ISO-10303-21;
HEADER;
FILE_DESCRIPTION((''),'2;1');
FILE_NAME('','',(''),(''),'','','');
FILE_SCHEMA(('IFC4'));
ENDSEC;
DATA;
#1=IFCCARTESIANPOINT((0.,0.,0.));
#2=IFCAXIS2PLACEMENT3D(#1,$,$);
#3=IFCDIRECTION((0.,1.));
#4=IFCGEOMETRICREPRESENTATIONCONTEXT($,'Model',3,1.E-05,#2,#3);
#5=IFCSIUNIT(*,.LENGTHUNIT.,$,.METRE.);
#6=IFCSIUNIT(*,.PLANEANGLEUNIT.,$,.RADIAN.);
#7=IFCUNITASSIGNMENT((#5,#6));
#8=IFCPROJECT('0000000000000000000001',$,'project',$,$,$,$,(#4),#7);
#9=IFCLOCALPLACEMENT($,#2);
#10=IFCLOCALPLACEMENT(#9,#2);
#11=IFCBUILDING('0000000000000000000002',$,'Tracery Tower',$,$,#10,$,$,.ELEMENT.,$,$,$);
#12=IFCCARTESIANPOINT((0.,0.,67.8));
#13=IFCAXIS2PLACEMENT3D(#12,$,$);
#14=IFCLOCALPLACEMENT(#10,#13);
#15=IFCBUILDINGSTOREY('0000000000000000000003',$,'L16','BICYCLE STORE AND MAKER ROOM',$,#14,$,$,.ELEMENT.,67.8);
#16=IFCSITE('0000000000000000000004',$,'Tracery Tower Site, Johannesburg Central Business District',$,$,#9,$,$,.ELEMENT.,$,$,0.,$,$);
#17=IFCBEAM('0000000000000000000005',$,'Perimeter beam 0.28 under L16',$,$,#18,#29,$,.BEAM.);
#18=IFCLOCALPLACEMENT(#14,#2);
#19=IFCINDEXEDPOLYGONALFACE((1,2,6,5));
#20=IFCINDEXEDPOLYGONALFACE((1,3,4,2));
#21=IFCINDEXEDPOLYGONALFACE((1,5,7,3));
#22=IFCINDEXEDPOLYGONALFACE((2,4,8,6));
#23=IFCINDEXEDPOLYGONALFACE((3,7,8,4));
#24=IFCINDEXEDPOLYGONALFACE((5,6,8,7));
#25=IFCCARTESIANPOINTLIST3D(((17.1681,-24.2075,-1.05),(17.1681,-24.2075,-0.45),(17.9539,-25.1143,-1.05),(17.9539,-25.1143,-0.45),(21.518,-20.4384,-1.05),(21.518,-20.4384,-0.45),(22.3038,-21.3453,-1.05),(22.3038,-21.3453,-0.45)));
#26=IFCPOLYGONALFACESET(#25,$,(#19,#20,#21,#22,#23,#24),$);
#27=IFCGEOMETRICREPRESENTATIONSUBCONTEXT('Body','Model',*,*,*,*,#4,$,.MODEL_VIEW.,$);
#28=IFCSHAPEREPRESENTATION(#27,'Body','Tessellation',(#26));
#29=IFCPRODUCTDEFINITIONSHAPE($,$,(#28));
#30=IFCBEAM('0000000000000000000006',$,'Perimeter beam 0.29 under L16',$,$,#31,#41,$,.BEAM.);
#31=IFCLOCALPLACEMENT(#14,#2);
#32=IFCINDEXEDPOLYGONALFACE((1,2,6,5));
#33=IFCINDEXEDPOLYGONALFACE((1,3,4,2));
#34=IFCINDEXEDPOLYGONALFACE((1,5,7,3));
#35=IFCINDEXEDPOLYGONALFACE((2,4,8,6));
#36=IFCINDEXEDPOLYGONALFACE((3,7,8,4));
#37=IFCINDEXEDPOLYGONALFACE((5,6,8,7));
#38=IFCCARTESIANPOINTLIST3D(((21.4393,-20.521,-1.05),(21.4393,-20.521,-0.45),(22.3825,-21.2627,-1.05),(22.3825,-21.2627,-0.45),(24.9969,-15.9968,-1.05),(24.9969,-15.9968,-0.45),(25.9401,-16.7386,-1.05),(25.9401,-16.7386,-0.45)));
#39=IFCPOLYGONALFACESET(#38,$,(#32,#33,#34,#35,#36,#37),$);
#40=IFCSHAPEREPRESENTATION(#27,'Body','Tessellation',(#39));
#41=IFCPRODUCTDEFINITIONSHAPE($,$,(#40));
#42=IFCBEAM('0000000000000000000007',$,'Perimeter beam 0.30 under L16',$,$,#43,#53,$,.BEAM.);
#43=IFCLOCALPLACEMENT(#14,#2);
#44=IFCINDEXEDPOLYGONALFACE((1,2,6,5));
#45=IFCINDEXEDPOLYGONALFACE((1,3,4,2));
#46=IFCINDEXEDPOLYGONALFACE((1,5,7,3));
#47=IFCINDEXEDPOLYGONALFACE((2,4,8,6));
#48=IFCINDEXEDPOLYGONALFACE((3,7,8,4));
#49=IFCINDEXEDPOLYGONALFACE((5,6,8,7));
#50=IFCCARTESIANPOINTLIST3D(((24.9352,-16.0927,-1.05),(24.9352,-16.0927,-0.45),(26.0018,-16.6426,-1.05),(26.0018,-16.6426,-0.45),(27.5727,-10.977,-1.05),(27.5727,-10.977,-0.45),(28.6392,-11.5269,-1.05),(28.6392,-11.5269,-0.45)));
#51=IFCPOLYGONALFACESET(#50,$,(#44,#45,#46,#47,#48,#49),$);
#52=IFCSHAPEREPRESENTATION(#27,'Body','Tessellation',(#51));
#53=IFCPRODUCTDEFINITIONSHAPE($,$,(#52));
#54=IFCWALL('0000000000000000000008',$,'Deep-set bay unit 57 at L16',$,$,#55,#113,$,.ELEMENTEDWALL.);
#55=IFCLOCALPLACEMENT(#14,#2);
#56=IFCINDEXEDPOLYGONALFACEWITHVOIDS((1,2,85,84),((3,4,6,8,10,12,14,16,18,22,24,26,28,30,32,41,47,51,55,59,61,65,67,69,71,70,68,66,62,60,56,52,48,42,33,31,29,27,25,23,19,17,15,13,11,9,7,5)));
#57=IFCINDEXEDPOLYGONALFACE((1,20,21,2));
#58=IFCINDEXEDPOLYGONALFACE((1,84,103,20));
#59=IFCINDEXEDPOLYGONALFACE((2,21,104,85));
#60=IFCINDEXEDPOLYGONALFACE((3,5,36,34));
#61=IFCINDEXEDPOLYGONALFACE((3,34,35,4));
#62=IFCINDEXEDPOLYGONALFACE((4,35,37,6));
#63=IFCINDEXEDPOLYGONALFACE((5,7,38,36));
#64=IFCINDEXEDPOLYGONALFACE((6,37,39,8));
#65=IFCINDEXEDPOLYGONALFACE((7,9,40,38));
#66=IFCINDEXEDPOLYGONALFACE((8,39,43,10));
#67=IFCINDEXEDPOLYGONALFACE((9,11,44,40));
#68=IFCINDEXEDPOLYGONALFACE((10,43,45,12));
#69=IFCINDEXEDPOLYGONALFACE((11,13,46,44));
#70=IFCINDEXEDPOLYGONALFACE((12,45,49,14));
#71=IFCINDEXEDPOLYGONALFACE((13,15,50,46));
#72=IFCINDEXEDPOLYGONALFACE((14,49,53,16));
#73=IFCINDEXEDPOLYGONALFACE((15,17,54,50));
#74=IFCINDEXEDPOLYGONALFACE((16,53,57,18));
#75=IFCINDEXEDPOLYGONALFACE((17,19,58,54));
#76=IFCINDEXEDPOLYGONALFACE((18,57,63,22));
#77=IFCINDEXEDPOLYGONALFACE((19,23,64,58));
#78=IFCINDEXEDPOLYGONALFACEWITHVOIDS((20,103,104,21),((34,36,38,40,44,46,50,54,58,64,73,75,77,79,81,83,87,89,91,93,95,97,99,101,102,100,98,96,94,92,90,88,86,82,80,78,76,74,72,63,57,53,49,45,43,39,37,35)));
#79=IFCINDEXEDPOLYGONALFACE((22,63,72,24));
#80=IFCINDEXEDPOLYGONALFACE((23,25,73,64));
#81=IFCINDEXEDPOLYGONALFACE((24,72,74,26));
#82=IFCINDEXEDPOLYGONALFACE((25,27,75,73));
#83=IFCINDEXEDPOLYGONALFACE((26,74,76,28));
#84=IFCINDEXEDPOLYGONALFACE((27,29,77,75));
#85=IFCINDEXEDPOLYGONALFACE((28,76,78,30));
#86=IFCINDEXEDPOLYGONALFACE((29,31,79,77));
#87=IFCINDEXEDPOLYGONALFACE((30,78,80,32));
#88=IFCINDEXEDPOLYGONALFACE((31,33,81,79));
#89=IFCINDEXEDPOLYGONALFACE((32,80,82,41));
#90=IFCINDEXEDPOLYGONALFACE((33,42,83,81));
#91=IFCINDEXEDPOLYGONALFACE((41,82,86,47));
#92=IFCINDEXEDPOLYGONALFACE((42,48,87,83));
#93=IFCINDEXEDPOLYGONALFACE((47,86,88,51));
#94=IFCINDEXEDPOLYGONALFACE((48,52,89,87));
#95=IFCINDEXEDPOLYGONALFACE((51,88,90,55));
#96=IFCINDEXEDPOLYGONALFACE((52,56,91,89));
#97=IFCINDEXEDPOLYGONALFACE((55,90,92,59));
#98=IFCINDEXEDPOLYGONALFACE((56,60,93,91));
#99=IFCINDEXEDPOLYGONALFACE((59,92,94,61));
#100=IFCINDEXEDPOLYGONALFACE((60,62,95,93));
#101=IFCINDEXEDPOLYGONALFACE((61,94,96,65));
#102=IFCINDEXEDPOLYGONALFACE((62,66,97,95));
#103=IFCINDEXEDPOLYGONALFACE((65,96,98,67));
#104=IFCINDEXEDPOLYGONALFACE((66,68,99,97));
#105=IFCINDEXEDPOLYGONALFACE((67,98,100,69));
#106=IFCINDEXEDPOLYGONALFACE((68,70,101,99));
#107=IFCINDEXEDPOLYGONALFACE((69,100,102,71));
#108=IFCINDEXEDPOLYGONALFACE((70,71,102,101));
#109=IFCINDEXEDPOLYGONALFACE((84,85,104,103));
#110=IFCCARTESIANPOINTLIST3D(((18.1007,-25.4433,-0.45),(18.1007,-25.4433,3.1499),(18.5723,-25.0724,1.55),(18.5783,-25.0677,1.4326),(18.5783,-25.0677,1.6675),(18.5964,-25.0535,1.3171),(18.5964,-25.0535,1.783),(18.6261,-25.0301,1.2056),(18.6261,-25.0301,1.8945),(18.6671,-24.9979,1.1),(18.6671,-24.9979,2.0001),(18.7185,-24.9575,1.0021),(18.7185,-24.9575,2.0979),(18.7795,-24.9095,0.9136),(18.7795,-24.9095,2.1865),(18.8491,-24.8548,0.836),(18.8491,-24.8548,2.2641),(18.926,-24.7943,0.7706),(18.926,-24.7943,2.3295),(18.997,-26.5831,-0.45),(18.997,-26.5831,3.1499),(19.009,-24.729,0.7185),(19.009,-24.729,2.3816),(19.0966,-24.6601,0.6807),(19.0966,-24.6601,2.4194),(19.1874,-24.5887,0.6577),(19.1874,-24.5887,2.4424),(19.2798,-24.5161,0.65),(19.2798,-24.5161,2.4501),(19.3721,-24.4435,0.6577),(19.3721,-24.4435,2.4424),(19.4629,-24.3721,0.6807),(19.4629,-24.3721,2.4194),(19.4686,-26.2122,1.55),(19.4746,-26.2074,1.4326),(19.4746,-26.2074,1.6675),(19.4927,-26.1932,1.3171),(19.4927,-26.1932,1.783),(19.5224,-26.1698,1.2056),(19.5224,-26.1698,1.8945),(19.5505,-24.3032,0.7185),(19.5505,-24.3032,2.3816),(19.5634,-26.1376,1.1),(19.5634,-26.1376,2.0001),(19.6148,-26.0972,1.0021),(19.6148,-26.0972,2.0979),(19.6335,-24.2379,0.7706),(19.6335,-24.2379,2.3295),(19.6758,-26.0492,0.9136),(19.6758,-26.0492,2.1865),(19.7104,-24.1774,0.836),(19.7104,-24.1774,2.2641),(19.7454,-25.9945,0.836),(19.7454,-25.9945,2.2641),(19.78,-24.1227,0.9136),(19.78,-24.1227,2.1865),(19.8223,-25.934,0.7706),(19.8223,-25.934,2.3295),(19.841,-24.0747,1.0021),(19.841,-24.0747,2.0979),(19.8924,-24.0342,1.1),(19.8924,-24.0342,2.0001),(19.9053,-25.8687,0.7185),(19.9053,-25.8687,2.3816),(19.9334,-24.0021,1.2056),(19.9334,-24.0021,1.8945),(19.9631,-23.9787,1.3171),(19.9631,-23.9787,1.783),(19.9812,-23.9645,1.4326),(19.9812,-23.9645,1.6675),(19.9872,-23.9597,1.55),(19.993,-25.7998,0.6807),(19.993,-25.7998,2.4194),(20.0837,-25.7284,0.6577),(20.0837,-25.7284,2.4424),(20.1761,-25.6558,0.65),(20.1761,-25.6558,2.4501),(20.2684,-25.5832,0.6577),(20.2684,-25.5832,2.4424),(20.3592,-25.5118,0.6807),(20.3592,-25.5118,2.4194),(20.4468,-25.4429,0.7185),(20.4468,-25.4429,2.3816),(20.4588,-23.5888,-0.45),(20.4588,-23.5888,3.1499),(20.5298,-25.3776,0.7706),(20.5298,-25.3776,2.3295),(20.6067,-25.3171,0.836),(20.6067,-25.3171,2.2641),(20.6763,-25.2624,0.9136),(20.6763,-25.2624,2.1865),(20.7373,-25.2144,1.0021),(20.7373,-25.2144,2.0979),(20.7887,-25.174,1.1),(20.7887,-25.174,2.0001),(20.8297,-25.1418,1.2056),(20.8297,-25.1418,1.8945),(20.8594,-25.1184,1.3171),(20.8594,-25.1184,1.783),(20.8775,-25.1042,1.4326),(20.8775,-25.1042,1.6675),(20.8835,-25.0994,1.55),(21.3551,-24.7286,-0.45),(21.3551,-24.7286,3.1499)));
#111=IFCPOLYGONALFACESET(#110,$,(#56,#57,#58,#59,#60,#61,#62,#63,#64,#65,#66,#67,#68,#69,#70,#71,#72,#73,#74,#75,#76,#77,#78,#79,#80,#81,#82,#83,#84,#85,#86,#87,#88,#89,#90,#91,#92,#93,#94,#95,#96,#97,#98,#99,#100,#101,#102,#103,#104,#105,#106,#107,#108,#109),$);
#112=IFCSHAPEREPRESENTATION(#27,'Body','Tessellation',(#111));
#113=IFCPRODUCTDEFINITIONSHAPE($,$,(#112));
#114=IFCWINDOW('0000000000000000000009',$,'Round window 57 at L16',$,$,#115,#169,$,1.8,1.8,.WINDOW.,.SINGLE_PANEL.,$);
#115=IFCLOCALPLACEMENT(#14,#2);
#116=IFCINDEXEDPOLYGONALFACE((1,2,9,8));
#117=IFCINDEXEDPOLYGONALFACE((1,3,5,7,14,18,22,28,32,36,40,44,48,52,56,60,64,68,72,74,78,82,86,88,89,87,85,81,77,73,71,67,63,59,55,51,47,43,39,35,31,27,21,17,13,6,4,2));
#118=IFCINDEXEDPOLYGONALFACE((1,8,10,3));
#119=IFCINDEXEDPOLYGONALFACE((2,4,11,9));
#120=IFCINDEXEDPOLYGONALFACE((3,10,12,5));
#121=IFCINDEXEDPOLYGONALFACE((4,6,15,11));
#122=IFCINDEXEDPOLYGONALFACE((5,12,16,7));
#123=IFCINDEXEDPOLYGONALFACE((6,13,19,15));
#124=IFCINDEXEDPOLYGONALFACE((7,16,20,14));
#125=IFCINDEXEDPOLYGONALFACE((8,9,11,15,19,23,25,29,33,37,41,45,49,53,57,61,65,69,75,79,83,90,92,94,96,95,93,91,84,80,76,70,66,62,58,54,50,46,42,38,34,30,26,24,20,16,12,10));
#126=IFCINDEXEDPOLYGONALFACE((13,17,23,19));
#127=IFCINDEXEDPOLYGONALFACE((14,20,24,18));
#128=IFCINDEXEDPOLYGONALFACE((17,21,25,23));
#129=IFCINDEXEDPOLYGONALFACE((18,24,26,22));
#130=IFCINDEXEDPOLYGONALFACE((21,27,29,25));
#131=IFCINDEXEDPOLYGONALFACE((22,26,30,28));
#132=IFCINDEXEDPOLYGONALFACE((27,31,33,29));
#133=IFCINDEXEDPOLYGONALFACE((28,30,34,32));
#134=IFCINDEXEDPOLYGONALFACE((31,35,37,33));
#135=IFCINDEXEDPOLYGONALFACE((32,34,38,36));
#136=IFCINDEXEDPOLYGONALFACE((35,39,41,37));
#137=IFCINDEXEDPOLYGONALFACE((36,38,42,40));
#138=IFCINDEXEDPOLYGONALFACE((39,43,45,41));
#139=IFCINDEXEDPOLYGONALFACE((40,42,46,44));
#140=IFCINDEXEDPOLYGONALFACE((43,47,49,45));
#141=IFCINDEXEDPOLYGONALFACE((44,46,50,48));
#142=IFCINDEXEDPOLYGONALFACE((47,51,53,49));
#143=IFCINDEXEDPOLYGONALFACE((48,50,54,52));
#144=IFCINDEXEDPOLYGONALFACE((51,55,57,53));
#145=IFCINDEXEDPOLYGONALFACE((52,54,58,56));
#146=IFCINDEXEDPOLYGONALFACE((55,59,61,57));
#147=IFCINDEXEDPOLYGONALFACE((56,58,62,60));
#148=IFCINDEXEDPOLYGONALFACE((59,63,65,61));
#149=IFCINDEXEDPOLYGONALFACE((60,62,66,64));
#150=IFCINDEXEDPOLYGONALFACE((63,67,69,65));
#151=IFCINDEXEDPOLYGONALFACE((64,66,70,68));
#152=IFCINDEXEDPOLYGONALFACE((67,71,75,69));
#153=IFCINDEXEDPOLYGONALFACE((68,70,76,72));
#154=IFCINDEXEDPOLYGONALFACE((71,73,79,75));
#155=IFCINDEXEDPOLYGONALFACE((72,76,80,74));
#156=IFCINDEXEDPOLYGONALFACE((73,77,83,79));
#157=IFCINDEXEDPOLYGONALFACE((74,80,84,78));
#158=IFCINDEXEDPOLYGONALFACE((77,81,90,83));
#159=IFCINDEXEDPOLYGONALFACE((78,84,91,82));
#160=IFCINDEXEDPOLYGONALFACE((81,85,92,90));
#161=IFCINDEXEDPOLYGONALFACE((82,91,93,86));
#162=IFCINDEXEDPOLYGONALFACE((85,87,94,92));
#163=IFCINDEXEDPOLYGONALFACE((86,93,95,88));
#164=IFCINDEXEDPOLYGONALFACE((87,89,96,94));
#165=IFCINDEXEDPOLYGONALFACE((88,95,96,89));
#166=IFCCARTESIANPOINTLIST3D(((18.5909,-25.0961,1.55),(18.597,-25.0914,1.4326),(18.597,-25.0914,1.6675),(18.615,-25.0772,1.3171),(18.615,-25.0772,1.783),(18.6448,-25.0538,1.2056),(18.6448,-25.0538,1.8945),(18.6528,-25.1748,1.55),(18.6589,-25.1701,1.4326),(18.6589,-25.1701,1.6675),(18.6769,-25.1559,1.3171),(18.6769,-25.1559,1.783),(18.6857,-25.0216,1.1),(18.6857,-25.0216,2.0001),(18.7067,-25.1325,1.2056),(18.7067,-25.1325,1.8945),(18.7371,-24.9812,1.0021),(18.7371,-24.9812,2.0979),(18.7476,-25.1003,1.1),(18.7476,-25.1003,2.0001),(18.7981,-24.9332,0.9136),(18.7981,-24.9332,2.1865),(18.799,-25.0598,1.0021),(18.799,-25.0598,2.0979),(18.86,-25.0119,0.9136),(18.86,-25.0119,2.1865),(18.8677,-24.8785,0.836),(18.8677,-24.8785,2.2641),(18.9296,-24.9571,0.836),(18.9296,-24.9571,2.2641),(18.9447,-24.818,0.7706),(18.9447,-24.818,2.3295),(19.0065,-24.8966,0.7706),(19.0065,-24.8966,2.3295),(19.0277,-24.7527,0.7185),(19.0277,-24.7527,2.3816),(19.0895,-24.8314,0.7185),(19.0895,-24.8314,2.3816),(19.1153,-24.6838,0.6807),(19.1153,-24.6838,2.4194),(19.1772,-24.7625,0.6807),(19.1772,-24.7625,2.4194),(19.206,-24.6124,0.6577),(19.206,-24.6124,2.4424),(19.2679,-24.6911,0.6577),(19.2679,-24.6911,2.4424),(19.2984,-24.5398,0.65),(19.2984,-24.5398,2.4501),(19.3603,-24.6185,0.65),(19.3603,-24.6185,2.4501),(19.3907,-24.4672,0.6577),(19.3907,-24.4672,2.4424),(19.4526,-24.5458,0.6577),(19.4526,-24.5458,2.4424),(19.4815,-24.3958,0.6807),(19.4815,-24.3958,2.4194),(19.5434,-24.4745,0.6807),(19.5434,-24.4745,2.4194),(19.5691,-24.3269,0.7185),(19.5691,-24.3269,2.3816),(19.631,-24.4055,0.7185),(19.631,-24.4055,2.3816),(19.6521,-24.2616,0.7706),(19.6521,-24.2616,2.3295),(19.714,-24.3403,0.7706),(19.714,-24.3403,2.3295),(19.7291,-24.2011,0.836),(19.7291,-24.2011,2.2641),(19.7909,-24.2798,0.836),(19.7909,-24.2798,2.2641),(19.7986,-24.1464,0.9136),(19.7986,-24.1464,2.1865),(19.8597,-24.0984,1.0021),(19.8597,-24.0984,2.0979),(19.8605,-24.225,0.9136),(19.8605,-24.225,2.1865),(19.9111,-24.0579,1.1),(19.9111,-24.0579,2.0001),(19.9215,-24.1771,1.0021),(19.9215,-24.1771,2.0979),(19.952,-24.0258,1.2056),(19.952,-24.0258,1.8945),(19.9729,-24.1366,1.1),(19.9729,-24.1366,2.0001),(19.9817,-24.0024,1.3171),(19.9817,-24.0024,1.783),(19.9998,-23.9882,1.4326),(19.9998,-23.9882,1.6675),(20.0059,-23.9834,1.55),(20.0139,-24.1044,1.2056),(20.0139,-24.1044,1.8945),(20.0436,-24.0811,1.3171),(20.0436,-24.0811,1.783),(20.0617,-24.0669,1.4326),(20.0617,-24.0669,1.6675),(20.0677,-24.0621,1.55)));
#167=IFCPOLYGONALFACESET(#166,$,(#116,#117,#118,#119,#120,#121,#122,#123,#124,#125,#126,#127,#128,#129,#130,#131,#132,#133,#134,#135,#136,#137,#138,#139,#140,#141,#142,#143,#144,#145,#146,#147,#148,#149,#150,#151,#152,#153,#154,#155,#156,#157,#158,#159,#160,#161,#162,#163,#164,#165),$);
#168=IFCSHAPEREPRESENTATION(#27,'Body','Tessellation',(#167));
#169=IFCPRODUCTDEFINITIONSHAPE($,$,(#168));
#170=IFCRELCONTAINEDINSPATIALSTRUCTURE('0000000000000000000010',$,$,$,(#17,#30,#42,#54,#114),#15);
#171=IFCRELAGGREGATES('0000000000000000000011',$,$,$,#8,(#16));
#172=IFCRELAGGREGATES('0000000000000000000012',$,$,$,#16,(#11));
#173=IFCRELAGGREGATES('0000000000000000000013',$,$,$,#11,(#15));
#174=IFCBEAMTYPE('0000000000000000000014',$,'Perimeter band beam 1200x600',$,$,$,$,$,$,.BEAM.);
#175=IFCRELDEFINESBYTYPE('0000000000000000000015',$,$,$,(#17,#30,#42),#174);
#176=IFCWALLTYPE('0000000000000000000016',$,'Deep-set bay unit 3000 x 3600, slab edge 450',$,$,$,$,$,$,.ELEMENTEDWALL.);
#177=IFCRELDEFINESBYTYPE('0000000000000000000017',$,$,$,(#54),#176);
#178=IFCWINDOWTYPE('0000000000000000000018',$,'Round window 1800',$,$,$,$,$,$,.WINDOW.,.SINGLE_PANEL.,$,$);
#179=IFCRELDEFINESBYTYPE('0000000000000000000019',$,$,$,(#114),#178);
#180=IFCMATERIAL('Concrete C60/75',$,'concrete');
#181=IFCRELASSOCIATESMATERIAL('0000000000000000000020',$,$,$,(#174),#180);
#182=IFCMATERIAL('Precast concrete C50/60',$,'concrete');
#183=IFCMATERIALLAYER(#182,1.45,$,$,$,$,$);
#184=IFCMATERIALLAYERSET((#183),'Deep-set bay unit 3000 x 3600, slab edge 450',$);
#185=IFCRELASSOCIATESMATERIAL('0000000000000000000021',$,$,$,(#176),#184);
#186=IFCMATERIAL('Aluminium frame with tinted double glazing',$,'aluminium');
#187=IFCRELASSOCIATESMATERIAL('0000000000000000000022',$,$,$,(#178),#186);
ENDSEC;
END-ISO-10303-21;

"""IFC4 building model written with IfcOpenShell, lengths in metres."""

from ifc_helpers import new_model, si_unit, direction, frame, frame_2d, origin, origin_2d, place, context, subcontext, project, spatial, rectangle, circle, extrude, material, layer, layer_set, material_profile, profile_set, type_object, element, fill, save


model = new_model("IFC4")

# Units and contexts
model_context = context("Model", 3, precision=1e-05, world=origin(), true_north=direction((0.0, 1.0)))
body_context = subcontext(model_context, "Body", "Model", "MODEL_VIEW")
ifc_project = project(units=[si_unit("LENGTHUNIT", "METRE"), si_unit("PLANEANGLEUNIT", "RADIAN")], contexts=[model_context])

# Site, building, storey
site_placement = place(None, origin())
site = spatial("IfcSite", under=ifc_project, at=site_placement, Name="Tracery Tower Site, Johannesburg Central Business District", CompositionType="ELEMENT", RefElevation=0.0)
building_placement = place(site_placement, origin())
building = spatial("IfcBuilding", under=site, at=building_placement, Name="Tracery Tower", CompositionType="ELEMENT")
storey_placement = place(building_placement, frame((0.0, 0.0, 67.8)))
storey = spatial("IfcBuildingStorey", under=building, at=storey_placement, Name="L16", Description="BICYCLE STORE AND MAKER ROOM", CompositionType="ELEMENT", Elevation=67.8)

# Beams
ifc_material_1 = material(Name="Concrete C60/75", Category="concrete")
ifc_material_profile_1 = material_profile(ifc_material_1, rectangle(XDim=1.2, YDim=0.6001, at=origin_2d()), Name="RC 1200x600")
ifc_profile_set_1 = profile_set([ifc_material_profile_1], Name="Concrete C60/75")
beam_type = type_object("IfcBeamType", Name="Perimeter band beam 1200x600", PredefinedType="BEAM", material=ifc_profile_set_1)
beam_1_placement = place(storey_placement, frame((17.561, -24.6609, -0.75), z_axis=(0.75576, 0.654848, 0.0), x_axis=(-0.654848, 0.75576, 0.0)))
element("IfcBeam", 1, at=beam_1_placement, inside=storey, type_object=beam_type, Name="Perimeter beam 0.28 under L16", PredefinedType="BEAM", context=body_context, shape_type="SweptSolid", body=[
    extrude(rectangle(XDim=1.2, YDim=0.6001, at=origin_2d()), origin(), (0.0, 0.0, 1.0), 5.7556),
])
beam_2_placement = place(storey_placement, frame((21.9109, -20.8918, -0.75), z_axis=(0.618134, 0.786072, 0.0), x_axis=(-0.786072, 0.618134, 0.0)))
element("IfcBeam", 2, at=beam_2_placement, inside=storey, type_object=beam_type, Name="Perimeter beam 0.29 under L16", PredefinedType="BEAM", context=body_context, shape_type="SweptSolid", body=[
    extrude(rectangle(XDim=1.2, YDim=0.6001, at=origin_2d()), origin(), (0.0, 0.0, 1.0), 5.7554),
])
beam_3_placement = place(storey_placement, frame((25.4685, -16.3677, -0.75), z_axis=(0.458242, 0.888827, 0.0), x_axis=(-0.888827, 0.458242, 0.0)))
element("IfcBeam", 3, at=beam_3_placement, inside=storey, type_object=beam_type, Name="Perimeter beam 0.30 under L16", PredefinedType="BEAM", context=body_context, shape_type="SweptSolid", body=[
    extrude(rectangle(XDim=1.2, YDim=0.6001, at=origin_2d()), origin(), (0.0, 0.0, 1.0), 5.7556),
])

# Wall, opening, window
ifc_material_2 = material(Name="Precast concrete C50/60", Category="concrete")
ifc_layer_1 = layer(ifc_material_2, 1.45)
ifc_layer_set_1 = layer_set([ifc_layer_1], Name="Deep-set bay unit 3000 x 3600, slab edge 450")
wall_type_1 = type_object("IfcWallType", Name="Deep-set bay unit 3000 x 3600, slab edge 450", PredefinedType="ELEMENTEDWALL", material=ifc_layer_set_1)
wall_1_placement = place(storey_placement, frame((18.5488, -26.0132, -0.45), z_axis=(0.0, 0.0, 1.0), x_axis=(0.78605, 0.618163, 0.0)))
wall_1 = element("IfcWall", 4, at=wall_1_placement, inside=storey, type_object=wall_type_1, Name="Deep-set bay unit 57 at L16", PredefinedType="ELEMENTEDWALL", context=body_context, shape_type="SweptSolid", body=[
    extrude(rectangle(XDim=3.0, YDim=1.45, at=frame_2d((1.5, 0.0))), origin(), (0.0, 0.0, 1.0), 3.5999),
])
opening_1_placement = place(wall_1_placement, frame((1.5, 0.0, 2.0)))
opening_1 = element("IfcOpeningElement", 5, at=opening_1_placement, cuts=wall_1, PredefinedType="OPENING", context=body_context, shape_type="SweptSolid", body=[
    extrude(circle(Radius=0.9, at=origin_2d()), frame((0.0, 0.7349, 0.0), z_axis=(0.0, -1.0, 0.0), x_axis=(1.0, 0.0, 0.0)), (0.0, 0.0, 1.0), 1.47),
])
ifc_material_3 = material(Name="Aluminium frame with tinted double glazing", Category="aluminium")
window_type = type_object("IfcWindowType", Name="Round window 1800", PartitioningType="SINGLE_PANEL", PredefinedType="WINDOW", material=ifc_material_3)
window_1_placement = place(opening_1_placement, origin())
window_1 = element("IfcWindow", 6, at=window_1_placement, inside=storey, type_object=window_type, Name="Round window 57 at L16", OverallHeight=1.8, OverallWidth=1.8, PartitioningType="SINGLE_PANEL", PredefinedType="WINDOW", context=body_context, shape_type="SweptSolid", body=[
    extrude(circle(Radius=0.9, at=origin_2d()), frame((0.0, 0.6948, 0.0), z_axis=(0.0, -1.0, 0.0), x_axis=(1.0, 0.0, 0.0)), (0.0, 0.0, 1.0), 0.1001),
])
fill(opening_1, window_1)

save(model, "model.ifc")
